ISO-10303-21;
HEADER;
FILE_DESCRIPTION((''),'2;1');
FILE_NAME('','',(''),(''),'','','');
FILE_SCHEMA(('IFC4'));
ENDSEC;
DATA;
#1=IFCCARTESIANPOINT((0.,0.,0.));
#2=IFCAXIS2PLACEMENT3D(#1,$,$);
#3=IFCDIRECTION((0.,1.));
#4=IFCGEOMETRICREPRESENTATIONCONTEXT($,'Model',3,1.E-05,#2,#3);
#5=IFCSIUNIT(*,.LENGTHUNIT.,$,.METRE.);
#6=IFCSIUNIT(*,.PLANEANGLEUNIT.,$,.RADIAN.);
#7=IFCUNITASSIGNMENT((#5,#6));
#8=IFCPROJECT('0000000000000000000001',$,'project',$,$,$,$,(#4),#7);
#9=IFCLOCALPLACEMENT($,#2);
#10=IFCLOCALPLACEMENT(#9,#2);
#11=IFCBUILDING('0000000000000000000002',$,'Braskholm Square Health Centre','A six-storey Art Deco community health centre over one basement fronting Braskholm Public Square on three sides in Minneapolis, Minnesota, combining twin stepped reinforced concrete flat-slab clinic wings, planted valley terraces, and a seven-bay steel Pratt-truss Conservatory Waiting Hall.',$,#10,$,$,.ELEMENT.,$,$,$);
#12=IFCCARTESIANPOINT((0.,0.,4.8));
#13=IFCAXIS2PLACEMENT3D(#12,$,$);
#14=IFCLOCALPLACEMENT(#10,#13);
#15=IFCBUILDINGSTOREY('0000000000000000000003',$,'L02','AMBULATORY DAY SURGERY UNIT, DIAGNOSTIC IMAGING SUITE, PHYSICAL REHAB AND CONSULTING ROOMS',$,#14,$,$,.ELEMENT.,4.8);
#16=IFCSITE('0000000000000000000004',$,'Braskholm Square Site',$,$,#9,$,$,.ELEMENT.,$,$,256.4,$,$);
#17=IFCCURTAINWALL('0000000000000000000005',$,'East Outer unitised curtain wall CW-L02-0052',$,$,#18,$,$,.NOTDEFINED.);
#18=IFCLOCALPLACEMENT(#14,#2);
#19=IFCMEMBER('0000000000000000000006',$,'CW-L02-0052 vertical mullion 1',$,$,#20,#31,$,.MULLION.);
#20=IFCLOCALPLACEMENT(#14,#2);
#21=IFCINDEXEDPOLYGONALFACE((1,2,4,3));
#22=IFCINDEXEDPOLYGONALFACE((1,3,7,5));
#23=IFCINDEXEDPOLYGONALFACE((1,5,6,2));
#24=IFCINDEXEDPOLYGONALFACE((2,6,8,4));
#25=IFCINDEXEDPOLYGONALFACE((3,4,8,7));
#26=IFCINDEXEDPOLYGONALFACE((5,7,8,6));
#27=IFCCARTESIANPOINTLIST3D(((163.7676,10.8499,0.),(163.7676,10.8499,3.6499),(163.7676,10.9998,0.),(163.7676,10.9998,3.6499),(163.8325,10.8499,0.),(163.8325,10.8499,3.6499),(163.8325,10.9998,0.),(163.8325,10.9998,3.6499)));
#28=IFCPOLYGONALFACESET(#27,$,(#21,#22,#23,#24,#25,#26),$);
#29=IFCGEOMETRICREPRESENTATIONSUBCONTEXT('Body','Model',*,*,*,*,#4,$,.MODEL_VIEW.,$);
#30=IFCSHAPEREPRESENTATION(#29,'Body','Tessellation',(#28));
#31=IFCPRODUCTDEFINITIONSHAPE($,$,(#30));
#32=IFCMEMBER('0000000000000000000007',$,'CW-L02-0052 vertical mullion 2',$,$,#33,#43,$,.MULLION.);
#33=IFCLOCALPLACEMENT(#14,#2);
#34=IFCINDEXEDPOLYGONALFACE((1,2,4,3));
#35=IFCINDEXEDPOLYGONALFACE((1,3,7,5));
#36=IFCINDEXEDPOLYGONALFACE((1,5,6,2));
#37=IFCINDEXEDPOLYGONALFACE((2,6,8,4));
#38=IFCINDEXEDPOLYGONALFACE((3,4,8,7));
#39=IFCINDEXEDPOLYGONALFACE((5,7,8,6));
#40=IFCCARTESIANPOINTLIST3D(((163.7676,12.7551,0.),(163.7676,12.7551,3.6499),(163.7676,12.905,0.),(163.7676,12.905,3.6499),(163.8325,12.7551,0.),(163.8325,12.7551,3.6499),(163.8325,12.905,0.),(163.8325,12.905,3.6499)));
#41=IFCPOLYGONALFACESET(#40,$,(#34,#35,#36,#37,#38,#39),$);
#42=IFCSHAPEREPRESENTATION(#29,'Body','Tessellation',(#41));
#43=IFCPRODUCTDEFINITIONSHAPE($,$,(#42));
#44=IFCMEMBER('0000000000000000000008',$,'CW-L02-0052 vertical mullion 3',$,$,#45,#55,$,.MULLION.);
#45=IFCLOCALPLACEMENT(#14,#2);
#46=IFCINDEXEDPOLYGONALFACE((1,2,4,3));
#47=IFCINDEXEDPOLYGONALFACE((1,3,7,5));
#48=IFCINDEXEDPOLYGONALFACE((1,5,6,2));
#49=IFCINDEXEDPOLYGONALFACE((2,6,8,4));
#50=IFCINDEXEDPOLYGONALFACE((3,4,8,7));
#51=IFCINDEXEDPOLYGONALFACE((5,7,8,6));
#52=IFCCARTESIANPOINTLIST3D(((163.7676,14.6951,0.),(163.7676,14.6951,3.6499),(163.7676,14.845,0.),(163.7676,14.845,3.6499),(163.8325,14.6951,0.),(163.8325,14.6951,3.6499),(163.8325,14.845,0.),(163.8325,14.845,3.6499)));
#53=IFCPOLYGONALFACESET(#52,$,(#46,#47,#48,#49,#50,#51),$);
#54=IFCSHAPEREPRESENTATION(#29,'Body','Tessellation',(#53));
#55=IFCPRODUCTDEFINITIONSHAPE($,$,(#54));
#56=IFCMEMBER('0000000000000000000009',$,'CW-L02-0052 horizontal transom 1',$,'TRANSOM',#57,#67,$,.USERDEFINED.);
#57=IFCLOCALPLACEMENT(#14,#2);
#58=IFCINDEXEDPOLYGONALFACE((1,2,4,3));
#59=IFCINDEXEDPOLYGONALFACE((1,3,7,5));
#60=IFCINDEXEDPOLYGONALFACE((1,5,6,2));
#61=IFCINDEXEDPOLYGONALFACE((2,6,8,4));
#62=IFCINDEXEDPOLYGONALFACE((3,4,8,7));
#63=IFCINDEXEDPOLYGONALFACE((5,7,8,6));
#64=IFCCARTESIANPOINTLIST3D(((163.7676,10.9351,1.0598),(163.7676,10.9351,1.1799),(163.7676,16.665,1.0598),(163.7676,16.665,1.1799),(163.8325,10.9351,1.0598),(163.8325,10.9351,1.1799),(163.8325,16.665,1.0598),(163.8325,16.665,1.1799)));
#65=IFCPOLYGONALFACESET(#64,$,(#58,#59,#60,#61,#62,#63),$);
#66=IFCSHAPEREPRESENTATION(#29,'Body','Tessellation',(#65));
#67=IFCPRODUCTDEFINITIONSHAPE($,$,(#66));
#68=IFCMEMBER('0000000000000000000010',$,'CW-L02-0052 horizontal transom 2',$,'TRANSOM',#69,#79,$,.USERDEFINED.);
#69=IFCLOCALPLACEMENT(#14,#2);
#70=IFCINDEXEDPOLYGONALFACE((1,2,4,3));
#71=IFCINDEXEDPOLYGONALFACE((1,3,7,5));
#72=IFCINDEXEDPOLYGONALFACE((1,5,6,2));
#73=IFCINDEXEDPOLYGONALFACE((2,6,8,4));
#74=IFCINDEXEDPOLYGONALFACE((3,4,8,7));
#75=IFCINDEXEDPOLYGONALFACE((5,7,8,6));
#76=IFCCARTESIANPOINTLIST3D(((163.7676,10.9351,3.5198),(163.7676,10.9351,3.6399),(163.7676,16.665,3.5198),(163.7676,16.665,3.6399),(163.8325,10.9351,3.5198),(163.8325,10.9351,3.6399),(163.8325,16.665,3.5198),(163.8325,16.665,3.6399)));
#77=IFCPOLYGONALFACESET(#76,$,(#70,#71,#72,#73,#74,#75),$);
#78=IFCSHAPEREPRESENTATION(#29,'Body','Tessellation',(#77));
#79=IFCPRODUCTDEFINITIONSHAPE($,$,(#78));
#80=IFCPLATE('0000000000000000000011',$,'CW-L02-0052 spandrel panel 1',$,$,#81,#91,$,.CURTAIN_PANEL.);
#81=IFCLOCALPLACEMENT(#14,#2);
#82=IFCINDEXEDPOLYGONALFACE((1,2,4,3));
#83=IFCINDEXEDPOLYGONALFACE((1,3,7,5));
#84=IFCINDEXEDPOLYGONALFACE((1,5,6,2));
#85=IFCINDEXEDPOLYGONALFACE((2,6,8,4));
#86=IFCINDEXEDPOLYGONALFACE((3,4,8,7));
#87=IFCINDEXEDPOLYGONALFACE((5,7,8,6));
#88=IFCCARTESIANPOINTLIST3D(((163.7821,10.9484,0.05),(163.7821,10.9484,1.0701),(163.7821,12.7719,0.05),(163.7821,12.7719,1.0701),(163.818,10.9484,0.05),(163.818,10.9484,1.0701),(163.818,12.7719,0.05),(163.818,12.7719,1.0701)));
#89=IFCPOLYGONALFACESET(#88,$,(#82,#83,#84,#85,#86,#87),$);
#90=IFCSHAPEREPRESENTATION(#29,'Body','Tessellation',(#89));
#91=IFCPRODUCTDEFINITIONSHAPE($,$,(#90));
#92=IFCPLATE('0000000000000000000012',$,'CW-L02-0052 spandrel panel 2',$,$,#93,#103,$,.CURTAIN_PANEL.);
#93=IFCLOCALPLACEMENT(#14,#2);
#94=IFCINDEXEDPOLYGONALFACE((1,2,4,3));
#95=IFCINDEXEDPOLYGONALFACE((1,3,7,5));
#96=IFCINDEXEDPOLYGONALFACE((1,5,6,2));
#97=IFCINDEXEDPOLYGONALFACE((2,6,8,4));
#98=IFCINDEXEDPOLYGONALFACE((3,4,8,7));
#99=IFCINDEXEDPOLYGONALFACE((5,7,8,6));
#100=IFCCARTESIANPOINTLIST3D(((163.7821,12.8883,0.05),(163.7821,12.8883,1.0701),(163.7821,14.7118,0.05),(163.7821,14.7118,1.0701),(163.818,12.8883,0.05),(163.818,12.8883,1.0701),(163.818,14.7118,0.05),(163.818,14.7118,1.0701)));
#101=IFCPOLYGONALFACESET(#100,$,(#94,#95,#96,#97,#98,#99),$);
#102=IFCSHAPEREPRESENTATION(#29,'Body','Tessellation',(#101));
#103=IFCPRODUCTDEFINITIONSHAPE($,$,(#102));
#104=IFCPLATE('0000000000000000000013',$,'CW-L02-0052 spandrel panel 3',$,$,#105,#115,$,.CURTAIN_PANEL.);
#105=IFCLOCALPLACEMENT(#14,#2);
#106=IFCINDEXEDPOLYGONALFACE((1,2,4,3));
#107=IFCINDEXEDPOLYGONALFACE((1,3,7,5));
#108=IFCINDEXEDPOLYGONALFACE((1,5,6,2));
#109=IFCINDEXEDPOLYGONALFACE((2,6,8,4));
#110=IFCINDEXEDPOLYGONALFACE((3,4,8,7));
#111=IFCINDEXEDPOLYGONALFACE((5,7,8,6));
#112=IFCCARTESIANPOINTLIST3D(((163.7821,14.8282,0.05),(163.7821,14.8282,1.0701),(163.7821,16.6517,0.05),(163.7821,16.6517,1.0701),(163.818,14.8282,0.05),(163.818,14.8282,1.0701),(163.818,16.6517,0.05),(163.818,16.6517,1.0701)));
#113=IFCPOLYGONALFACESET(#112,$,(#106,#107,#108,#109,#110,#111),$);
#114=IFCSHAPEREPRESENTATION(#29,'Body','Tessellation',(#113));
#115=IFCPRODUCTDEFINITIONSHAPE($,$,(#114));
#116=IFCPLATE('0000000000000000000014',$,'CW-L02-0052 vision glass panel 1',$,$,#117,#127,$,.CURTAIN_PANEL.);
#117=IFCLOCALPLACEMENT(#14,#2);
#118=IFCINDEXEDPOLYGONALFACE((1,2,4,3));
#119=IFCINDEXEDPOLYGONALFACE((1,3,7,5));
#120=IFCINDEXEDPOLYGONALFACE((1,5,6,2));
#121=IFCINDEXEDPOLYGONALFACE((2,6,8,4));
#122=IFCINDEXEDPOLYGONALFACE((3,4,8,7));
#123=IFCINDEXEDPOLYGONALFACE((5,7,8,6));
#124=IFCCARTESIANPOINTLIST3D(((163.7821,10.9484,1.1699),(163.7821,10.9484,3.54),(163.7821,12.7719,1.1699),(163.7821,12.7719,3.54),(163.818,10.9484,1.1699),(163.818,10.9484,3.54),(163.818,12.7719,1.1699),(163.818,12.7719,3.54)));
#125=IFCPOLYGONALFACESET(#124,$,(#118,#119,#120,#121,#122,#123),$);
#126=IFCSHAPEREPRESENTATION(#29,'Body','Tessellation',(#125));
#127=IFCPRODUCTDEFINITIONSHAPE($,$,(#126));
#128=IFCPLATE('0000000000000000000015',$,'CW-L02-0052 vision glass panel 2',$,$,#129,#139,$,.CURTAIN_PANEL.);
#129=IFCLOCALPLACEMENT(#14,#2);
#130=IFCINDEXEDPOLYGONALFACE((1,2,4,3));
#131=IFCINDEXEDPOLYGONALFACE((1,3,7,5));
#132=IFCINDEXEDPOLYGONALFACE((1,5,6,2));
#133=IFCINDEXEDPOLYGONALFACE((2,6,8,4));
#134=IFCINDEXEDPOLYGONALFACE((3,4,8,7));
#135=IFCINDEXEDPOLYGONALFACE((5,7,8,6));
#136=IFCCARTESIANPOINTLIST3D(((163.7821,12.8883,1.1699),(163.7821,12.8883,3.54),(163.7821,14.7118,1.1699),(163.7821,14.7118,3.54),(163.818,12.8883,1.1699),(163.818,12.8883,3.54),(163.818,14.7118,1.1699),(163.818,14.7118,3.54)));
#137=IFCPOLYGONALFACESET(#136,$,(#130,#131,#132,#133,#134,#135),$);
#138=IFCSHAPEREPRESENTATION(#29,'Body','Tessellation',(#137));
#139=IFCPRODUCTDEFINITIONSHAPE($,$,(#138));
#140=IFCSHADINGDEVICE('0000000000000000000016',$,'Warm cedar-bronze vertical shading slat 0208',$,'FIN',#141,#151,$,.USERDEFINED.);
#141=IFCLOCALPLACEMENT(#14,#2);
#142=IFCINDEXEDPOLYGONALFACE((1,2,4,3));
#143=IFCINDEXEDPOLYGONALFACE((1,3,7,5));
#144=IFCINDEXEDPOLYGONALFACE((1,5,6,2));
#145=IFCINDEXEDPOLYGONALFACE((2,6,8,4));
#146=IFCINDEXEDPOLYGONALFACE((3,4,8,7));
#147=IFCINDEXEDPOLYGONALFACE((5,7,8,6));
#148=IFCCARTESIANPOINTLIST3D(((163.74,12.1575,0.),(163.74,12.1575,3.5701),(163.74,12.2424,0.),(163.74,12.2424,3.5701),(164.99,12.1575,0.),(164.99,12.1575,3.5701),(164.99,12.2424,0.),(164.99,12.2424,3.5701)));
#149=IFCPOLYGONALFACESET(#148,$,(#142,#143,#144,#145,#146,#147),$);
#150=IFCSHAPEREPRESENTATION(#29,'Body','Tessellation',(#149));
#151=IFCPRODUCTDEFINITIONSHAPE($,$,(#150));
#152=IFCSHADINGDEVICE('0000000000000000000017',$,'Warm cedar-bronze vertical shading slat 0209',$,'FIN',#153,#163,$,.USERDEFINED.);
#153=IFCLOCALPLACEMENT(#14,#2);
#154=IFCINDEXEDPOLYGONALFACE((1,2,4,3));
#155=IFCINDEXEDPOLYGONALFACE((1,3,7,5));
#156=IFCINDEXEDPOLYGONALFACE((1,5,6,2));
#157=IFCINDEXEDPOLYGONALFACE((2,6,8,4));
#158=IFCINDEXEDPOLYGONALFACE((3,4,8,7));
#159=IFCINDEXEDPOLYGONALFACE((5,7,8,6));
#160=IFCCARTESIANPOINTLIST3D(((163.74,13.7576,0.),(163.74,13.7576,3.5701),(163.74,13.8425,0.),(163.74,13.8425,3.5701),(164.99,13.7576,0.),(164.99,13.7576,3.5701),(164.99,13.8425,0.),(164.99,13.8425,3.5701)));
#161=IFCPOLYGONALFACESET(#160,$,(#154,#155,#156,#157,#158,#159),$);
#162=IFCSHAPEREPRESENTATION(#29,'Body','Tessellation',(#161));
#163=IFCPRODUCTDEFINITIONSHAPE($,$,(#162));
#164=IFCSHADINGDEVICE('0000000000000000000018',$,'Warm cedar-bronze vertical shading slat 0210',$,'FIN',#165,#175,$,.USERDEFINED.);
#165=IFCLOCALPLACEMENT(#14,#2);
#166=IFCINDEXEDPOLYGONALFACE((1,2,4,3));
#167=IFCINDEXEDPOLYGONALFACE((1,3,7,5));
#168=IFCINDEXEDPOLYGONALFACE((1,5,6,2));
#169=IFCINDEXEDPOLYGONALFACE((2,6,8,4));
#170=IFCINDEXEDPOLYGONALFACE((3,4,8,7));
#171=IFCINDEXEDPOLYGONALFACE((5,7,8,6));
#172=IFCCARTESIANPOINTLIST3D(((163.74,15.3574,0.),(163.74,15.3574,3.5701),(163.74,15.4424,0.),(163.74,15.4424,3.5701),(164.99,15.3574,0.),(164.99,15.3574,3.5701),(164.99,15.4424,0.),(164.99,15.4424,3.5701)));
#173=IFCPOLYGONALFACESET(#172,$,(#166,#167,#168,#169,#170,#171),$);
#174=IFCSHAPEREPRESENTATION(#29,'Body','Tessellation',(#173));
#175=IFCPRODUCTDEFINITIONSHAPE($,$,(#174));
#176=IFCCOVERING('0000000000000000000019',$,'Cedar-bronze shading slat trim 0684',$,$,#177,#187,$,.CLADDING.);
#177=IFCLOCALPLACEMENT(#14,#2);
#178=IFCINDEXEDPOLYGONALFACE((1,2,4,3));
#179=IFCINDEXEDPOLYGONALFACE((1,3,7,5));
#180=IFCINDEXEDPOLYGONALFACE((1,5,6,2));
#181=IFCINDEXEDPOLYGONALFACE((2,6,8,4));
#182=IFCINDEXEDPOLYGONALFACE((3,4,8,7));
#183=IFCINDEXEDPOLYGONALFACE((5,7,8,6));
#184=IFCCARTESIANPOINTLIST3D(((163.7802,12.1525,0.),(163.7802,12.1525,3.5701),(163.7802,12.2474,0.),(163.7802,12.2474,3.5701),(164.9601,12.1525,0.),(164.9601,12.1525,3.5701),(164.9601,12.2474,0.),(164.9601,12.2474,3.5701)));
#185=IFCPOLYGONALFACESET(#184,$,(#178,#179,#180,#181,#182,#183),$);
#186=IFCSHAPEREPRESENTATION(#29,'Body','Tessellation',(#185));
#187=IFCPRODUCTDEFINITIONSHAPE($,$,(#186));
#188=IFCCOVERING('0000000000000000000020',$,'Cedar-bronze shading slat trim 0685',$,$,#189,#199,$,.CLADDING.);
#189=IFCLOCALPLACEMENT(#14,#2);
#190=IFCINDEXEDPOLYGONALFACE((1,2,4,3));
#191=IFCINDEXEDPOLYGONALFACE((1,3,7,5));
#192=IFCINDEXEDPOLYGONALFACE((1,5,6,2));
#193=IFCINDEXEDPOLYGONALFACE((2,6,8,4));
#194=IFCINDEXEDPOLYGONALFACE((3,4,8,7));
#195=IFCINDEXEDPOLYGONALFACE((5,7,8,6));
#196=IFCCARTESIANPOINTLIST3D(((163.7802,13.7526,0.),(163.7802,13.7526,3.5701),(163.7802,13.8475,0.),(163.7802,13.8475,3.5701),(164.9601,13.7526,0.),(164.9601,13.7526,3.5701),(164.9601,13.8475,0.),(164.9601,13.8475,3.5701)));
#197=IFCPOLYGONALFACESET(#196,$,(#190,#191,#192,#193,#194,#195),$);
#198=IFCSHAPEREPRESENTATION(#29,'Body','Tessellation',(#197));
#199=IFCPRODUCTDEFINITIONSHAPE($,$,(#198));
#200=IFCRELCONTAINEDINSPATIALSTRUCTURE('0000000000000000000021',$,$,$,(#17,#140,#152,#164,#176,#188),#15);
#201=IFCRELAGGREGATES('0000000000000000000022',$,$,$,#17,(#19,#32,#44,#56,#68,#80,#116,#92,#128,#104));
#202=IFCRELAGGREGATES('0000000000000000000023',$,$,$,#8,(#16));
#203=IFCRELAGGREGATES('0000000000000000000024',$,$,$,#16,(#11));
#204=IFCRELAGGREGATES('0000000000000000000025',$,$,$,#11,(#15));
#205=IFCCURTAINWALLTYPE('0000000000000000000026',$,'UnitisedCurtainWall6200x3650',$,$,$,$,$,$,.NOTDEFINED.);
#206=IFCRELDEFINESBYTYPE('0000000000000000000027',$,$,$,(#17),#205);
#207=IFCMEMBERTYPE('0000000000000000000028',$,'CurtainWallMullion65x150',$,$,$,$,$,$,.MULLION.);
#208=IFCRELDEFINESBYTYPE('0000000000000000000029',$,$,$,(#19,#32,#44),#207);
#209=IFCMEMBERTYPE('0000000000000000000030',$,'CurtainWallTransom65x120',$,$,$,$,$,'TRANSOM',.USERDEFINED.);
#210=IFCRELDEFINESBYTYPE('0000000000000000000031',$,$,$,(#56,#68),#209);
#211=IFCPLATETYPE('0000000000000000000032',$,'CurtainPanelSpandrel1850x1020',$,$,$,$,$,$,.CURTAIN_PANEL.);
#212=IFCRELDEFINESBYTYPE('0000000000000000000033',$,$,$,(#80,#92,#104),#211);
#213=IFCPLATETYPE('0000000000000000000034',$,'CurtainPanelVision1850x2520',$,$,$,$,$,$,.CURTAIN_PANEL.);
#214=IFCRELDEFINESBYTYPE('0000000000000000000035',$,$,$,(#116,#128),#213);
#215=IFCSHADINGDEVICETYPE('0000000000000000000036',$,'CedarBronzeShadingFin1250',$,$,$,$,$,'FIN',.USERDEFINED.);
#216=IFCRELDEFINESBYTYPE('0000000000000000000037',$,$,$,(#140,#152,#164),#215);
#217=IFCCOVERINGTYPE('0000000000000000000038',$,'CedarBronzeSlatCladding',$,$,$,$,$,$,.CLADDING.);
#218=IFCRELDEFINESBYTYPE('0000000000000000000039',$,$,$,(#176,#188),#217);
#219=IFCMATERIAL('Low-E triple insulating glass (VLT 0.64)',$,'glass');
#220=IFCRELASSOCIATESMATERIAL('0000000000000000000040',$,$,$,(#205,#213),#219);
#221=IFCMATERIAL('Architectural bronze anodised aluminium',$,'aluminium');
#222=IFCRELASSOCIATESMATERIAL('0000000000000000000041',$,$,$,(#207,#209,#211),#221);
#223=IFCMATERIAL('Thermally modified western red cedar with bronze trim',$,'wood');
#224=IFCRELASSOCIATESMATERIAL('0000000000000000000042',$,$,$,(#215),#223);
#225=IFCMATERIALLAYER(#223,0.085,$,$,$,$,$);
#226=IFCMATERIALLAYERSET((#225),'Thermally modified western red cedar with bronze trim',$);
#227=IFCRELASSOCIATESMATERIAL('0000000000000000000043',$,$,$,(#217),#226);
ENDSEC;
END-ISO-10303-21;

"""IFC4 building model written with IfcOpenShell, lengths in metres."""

from ifc_helpers import new_model, si_unit, direction, frame, origin, origin_2d, place, context, subcontext, project, spatial, rectangle, extrude, material, layer, layer_set, material_profile, profile_set, type_object, element, aggregate, save


model = new_model("IFC4")

# Units and contexts
model_context = context("Model", 3, precision=1e-05, world=origin(), true_north=direction((0.0, 1.0)))
body_context = subcontext(model_context, "Body", "Model", "MODEL_VIEW")
ifc_project = project(units=[si_unit("LENGTHUNIT", "METRE"), si_unit("PLANEANGLEUNIT", "RADIAN")], contexts=[model_context])

# Site, building, storey
site_placement = place(None, origin())
site = spatial("IfcSite", under=ifc_project, at=site_placement, Name="Braskholm Square Site", CompositionType="ELEMENT", RefElevation=256.4)
building_placement = place(site_placement, origin())
building = spatial("IfcBuilding", under=site, at=building_placement, Name="Braskholm Square Health Centre", Description="A six-storey Art Deco community health centre over one basement fronting Braskholm Public Square on three sides in Minneapolis, Minnesota, combining twin stepped reinforced concrete flat-slab clinic wings, planted valley terraces, and a seven-bay steel Pratt-truss Conservatory Waiting Hall.", CompositionType="ELEMENT")
storey_placement = place(building_placement, frame((0.0, 0.0, 4.8)))
storey = spatial("IfcBuildingStorey", under=building, at=storey_placement, Name="L02", Description="AMBULATORY DAY SURGERY UNIT, DIAGNOSTIC IMAGING SUITE, PHYSICAL REHAB AND CONSULTING ROOMS", CompositionType="ELEMENT", Elevation=4.8)

# Curtain wall, members, plates
ifc_material_1 = material(Name="Low-E triple insulating glass (VLT 0.64)", Category="glass")
curtain_wall_type = type_object("IfcCurtainWallType", Name="UnitisedCurtainWall6200x3650", PredefinedType="NOTDEFINED", material=ifc_material_1)
curtain_wall_placement = place(storey_placement, origin())
curtain_wall = element("IfcCurtainWall", 1, at=curtain_wall_placement, inside=storey, type_object=curtain_wall_type, Name="East Outer unitised curtain wall CW-L02-0052", PredefinedType="NOTDEFINED")
ifc_material_2 = material(Name="Architectural bronze anodised aluminium", Category="aluminium")
ifc_material_profile_1 = material_profile(ifc_material_2, rectangle(XDim=0.0649, YDim=0.1499, at=origin_2d()), Name="ALU-65X150")
ifc_profile_set_1 = profile_set([ifc_material_profile_1], Name="Architectural bronze anodised aluminium")
member_type_1 = type_object("IfcMemberType", Name="CurtainWallMullion65x150", PredefinedType="MULLION", material=ifc_profile_set_1)
member_1_placement = place(storey_placement, frame((163.8, 10.9248, 0.0), z_axis=(0.0, 0.0, 1.0), x_axis=(1.0, 0.0, 0.0)))
member_1 = element("IfcMember", 2, at=member_1_placement, type_object=member_type_1, Name="CW-L02-0052 vertical mullion 1", PredefinedType="MULLION", context=body_context, shape_type="SweptSolid", body=[
    extrude(rectangle(XDim=0.0649, YDim=0.1499, at=origin_2d()), origin(), (0.0, 0.0, 1.0), 3.6499),
])
member_2_placement = place(storey_placement, frame((163.8, 12.8301, 0.0), z_axis=(0.0, 0.0, 1.0), x_axis=(1.0, 0.0, 0.0)))
member_2 = element("IfcMember", 3, at=member_2_placement, type_object=member_type_1, Name="CW-L02-0052 vertical mullion 2", PredefinedType="MULLION", context=body_context, shape_type="SweptSolid", body=[
    extrude(rectangle(XDim=0.0649, YDim=0.1499, at=origin_2d()), origin(), (0.0, 0.0, 1.0), 3.6499),
])
member_3_placement = place(storey_placement, frame((163.8, 14.77, 0.0), z_axis=(0.0, 0.0, 1.0), x_axis=(1.0, 0.0, 0.0)))
member_3 = element("IfcMember", 4, at=member_3_placement, type_object=member_type_1, Name="CW-L02-0052 vertical mullion 3", PredefinedType="MULLION", context=body_context, shape_type="SweptSolid", body=[
    extrude(rectangle(XDim=0.0649, YDim=0.1499, at=origin_2d()), origin(), (0.0, 0.0, 1.0), 3.6499),
])
ifc_material_profile_2 = material_profile(ifc_material_2, rectangle(XDim=0.0649, YDim=0.1201, at=origin_2d()), Name="ALU-65X120")
ifc_profile_set_2 = profile_set([ifc_material_profile_2], Name="Architectural bronze anodised aluminium")
member_type_2 = type_object("IfcMemberType", Name="CurtainWallTransom65x120", ElementType="TRANSOM", PredefinedType="USERDEFINED", material=ifc_profile_set_2)
member_4_placement = place(storey_placement, frame((163.8, 10.9351, 1.1199), z_axis=(0.0, 1.0, 0.0), x_axis=(-1.0, 0.0, 0.0)))
member_4 = element("IfcMember", 5, at=member_4_placement, type_object=member_type_2, Name="CW-L02-0052 horizontal transom 1", ObjectType="TRANSOM", PredefinedType="USERDEFINED", context=body_context, shape_type="SweptSolid", body=[
    extrude(rectangle(XDim=0.0649, YDim=0.1201, at=origin_2d()), origin(), (0.0, 0.0, 1.0), 5.73),
])
member_5_placement = place(storey_placement, frame((163.8, 10.9351, 3.5798), z_axis=(0.0, 1.0, 0.0), x_axis=(-1.0, 0.0, 0.0)))
member_5 = element("IfcMember", 6, at=member_5_placement, type_object=member_type_2, Name="CW-L02-0052 horizontal transom 2", ObjectType="TRANSOM", PredefinedType="USERDEFINED", context=body_context, shape_type="SweptSolid", body=[
    extrude(rectangle(XDim=0.0649, YDim=0.1201, at=origin_2d()), origin(), (0.0, 0.0, 1.0), 5.73),
])
plate_type_1 = type_object("IfcPlateType", Name="CurtainPanelSpandrel1850x1020", PredefinedType="CURTAIN_PANEL", material=ifc_material_2)
plate_1_placement = place(storey_placement, frame((163.8, 11.8601, 0.05), z_axis=(0.0, 0.0, 1.0), x_axis=(0.0, 1.0, 0.0)))
plate_1 = element("IfcPlate", 7, at=plate_1_placement, type_object=plate_type_1, Name="CW-L02-0052 spandrel panel 1", PredefinedType="CURTAIN_PANEL", context=body_context, shape_type="SweptSolid", body=[
    extrude(rectangle(XDim=1.8235, YDim=0.0359, at=origin_2d()), origin(), (0.0, 0.0, 1.0), 1.02),
])
plate_2_placement = place(storey_placement, frame((163.8, 13.8, 0.05), z_axis=(0.0, 0.0, 1.0), x_axis=(0.0, 1.0, 0.0)))
plate_2 = element("IfcPlate", 8, at=plate_2_placement, type_object=plate_type_1, Name="CW-L02-0052 spandrel panel 2", PredefinedType="CURTAIN_PANEL", context=body_context, shape_type="SweptSolid", body=[
    extrude(rectangle(XDim=1.8235, YDim=0.0359, at=origin_2d()), origin(), (0.0, 0.0, 1.0), 1.02),
])
plate_3_placement = place(storey_placement, frame((163.8, 15.74, 0.05), z_axis=(0.0, 0.0, 1.0), x_axis=(0.0, 1.0, 0.0)))
plate_3 = element("IfcPlate", 9, at=plate_3_placement, type_object=plate_type_1, Name="CW-L02-0052 spandrel panel 3", PredefinedType="CURTAIN_PANEL", context=body_context, shape_type="SweptSolid", body=[
    extrude(rectangle(XDim=1.8235, YDim=0.0359, at=origin_2d()), origin(), (0.0, 0.0, 1.0), 1.02),
])
plate_type_2 = type_object("IfcPlateType", Name="CurtainPanelVision1850x2520", PredefinedType="CURTAIN_PANEL", material=ifc_material_1)
plate_4_placement = place(storey_placement, frame((163.8, 11.8601, 1.1699), z_axis=(0.0, 0.0, 1.0), x_axis=(0.0, 1.0, 0.0)))
plate_4 = element("IfcPlate", 10, at=plate_4_placement, type_object=plate_type_2, Name="CW-L02-0052 vision glass panel 1", PredefinedType="CURTAIN_PANEL", context=body_context, shape_type="SweptSolid", body=[
    extrude(rectangle(XDim=1.8235, YDim=0.0359, at=origin_2d()), origin(), (0.0, 0.0, 1.0), 2.3701),
])
plate_5_placement = place(storey_placement, frame((163.8, 13.8, 1.1699), z_axis=(0.0, 0.0, 1.0), x_axis=(0.0, 1.0, 0.0)))
plate_5 = element("IfcPlate", 11, at=plate_5_placement, type_object=plate_type_2, Name="CW-L02-0052 vision glass panel 2", PredefinedType="CURTAIN_PANEL", context=body_context, shape_type="SweptSolid", body=[
    extrude(rectangle(XDim=1.8235, YDim=0.0359, at=origin_2d()), origin(), (0.0, 0.0, 1.0), 2.3701),
])
aggregate(curtain_wall, [member_1, member_2, member_3, member_4, member_5, plate_1, plate_4, plate_2, plate_5, plate_3])

# Shading devices
ifc_material_3 = material(Name="Thermally modified western red cedar with bronze trim", Category="wood")
shading_device_type = type_object("IfcShadingDeviceType", Name="CedarBronzeShadingFin1250", ElementType="FIN", PredefinedType="USERDEFINED", material=ifc_material_3)
for number, where, z_axis, x_axis, name in (
    (12, (164.365, 12.2, 0.0), (0.0, 0.0, 1.0), (1.0, 0.0, 0.0), "Warm cedar-bronze vertical shading slat 0208"),
    (13, (164.365, 13.8, 0.0), (0.0, 0.0, 1.0), (1.0, 0.0, 0.0), "Warm cedar-bronze vertical shading slat 0209"),
    (14, (164.365, 15.3999, 0.0), (0.0, 0.0, 1.0), (1.0, 0.0, 0.0), "Warm cedar-bronze vertical shading slat 0210"),
):
    element("IfcShadingDevice", number, at=place(storey_placement, frame(where, z_axis=z_axis, x_axis=x_axis)), inside=storey, type_object=shading_device_type, Name=name, ObjectType="FIN", PredefinedType="USERDEFINED", context=body_context, shape_type="SweptSolid", body=[
        extrude(rectangle(XDim=1.25, YDim=0.085, at=origin_2d()), origin(), (0.0, 0.0, 1.0), 3.5701),
    ])

# Coverings
ifc_layer = layer(ifc_material_3, 0.085)
ifc_layer_set = layer_set([ifc_layer], Name="Thermally modified western red cedar with bronze trim")
covering_type = type_object("IfcCoveringType", Name="CedarBronzeSlatCladding", PredefinedType="CLADDING", material=ifc_layer_set)
for number, where, z_axis, x_axis, name in (
    (15, (164.3701, 12.2, 0.0), (0.0, 0.0, 1.0), (1.0, 0.0, 0.0), "Cedar-bronze shading slat trim 0684"),
    (16, (164.3701, 13.8, 0.0), (0.0, 0.0, 1.0), (1.0, 0.0, 0.0), "Cedar-bronze shading slat trim 0685"),
):
    element("IfcCovering", number, at=place(storey_placement, frame(where, z_axis=z_axis, x_axis=x_axis)), inside=storey, type_object=covering_type, Name=name, PredefinedType="CLADDING", context=body_context, shape_type="SweptSolid", body=[
        extrude(rectangle(XDim=1.1799, YDim=0.095, at=origin_2d()), origin(), (0.0, 0.0, 1.0), 3.5701),
    ])

save(model, "model.ifc")
